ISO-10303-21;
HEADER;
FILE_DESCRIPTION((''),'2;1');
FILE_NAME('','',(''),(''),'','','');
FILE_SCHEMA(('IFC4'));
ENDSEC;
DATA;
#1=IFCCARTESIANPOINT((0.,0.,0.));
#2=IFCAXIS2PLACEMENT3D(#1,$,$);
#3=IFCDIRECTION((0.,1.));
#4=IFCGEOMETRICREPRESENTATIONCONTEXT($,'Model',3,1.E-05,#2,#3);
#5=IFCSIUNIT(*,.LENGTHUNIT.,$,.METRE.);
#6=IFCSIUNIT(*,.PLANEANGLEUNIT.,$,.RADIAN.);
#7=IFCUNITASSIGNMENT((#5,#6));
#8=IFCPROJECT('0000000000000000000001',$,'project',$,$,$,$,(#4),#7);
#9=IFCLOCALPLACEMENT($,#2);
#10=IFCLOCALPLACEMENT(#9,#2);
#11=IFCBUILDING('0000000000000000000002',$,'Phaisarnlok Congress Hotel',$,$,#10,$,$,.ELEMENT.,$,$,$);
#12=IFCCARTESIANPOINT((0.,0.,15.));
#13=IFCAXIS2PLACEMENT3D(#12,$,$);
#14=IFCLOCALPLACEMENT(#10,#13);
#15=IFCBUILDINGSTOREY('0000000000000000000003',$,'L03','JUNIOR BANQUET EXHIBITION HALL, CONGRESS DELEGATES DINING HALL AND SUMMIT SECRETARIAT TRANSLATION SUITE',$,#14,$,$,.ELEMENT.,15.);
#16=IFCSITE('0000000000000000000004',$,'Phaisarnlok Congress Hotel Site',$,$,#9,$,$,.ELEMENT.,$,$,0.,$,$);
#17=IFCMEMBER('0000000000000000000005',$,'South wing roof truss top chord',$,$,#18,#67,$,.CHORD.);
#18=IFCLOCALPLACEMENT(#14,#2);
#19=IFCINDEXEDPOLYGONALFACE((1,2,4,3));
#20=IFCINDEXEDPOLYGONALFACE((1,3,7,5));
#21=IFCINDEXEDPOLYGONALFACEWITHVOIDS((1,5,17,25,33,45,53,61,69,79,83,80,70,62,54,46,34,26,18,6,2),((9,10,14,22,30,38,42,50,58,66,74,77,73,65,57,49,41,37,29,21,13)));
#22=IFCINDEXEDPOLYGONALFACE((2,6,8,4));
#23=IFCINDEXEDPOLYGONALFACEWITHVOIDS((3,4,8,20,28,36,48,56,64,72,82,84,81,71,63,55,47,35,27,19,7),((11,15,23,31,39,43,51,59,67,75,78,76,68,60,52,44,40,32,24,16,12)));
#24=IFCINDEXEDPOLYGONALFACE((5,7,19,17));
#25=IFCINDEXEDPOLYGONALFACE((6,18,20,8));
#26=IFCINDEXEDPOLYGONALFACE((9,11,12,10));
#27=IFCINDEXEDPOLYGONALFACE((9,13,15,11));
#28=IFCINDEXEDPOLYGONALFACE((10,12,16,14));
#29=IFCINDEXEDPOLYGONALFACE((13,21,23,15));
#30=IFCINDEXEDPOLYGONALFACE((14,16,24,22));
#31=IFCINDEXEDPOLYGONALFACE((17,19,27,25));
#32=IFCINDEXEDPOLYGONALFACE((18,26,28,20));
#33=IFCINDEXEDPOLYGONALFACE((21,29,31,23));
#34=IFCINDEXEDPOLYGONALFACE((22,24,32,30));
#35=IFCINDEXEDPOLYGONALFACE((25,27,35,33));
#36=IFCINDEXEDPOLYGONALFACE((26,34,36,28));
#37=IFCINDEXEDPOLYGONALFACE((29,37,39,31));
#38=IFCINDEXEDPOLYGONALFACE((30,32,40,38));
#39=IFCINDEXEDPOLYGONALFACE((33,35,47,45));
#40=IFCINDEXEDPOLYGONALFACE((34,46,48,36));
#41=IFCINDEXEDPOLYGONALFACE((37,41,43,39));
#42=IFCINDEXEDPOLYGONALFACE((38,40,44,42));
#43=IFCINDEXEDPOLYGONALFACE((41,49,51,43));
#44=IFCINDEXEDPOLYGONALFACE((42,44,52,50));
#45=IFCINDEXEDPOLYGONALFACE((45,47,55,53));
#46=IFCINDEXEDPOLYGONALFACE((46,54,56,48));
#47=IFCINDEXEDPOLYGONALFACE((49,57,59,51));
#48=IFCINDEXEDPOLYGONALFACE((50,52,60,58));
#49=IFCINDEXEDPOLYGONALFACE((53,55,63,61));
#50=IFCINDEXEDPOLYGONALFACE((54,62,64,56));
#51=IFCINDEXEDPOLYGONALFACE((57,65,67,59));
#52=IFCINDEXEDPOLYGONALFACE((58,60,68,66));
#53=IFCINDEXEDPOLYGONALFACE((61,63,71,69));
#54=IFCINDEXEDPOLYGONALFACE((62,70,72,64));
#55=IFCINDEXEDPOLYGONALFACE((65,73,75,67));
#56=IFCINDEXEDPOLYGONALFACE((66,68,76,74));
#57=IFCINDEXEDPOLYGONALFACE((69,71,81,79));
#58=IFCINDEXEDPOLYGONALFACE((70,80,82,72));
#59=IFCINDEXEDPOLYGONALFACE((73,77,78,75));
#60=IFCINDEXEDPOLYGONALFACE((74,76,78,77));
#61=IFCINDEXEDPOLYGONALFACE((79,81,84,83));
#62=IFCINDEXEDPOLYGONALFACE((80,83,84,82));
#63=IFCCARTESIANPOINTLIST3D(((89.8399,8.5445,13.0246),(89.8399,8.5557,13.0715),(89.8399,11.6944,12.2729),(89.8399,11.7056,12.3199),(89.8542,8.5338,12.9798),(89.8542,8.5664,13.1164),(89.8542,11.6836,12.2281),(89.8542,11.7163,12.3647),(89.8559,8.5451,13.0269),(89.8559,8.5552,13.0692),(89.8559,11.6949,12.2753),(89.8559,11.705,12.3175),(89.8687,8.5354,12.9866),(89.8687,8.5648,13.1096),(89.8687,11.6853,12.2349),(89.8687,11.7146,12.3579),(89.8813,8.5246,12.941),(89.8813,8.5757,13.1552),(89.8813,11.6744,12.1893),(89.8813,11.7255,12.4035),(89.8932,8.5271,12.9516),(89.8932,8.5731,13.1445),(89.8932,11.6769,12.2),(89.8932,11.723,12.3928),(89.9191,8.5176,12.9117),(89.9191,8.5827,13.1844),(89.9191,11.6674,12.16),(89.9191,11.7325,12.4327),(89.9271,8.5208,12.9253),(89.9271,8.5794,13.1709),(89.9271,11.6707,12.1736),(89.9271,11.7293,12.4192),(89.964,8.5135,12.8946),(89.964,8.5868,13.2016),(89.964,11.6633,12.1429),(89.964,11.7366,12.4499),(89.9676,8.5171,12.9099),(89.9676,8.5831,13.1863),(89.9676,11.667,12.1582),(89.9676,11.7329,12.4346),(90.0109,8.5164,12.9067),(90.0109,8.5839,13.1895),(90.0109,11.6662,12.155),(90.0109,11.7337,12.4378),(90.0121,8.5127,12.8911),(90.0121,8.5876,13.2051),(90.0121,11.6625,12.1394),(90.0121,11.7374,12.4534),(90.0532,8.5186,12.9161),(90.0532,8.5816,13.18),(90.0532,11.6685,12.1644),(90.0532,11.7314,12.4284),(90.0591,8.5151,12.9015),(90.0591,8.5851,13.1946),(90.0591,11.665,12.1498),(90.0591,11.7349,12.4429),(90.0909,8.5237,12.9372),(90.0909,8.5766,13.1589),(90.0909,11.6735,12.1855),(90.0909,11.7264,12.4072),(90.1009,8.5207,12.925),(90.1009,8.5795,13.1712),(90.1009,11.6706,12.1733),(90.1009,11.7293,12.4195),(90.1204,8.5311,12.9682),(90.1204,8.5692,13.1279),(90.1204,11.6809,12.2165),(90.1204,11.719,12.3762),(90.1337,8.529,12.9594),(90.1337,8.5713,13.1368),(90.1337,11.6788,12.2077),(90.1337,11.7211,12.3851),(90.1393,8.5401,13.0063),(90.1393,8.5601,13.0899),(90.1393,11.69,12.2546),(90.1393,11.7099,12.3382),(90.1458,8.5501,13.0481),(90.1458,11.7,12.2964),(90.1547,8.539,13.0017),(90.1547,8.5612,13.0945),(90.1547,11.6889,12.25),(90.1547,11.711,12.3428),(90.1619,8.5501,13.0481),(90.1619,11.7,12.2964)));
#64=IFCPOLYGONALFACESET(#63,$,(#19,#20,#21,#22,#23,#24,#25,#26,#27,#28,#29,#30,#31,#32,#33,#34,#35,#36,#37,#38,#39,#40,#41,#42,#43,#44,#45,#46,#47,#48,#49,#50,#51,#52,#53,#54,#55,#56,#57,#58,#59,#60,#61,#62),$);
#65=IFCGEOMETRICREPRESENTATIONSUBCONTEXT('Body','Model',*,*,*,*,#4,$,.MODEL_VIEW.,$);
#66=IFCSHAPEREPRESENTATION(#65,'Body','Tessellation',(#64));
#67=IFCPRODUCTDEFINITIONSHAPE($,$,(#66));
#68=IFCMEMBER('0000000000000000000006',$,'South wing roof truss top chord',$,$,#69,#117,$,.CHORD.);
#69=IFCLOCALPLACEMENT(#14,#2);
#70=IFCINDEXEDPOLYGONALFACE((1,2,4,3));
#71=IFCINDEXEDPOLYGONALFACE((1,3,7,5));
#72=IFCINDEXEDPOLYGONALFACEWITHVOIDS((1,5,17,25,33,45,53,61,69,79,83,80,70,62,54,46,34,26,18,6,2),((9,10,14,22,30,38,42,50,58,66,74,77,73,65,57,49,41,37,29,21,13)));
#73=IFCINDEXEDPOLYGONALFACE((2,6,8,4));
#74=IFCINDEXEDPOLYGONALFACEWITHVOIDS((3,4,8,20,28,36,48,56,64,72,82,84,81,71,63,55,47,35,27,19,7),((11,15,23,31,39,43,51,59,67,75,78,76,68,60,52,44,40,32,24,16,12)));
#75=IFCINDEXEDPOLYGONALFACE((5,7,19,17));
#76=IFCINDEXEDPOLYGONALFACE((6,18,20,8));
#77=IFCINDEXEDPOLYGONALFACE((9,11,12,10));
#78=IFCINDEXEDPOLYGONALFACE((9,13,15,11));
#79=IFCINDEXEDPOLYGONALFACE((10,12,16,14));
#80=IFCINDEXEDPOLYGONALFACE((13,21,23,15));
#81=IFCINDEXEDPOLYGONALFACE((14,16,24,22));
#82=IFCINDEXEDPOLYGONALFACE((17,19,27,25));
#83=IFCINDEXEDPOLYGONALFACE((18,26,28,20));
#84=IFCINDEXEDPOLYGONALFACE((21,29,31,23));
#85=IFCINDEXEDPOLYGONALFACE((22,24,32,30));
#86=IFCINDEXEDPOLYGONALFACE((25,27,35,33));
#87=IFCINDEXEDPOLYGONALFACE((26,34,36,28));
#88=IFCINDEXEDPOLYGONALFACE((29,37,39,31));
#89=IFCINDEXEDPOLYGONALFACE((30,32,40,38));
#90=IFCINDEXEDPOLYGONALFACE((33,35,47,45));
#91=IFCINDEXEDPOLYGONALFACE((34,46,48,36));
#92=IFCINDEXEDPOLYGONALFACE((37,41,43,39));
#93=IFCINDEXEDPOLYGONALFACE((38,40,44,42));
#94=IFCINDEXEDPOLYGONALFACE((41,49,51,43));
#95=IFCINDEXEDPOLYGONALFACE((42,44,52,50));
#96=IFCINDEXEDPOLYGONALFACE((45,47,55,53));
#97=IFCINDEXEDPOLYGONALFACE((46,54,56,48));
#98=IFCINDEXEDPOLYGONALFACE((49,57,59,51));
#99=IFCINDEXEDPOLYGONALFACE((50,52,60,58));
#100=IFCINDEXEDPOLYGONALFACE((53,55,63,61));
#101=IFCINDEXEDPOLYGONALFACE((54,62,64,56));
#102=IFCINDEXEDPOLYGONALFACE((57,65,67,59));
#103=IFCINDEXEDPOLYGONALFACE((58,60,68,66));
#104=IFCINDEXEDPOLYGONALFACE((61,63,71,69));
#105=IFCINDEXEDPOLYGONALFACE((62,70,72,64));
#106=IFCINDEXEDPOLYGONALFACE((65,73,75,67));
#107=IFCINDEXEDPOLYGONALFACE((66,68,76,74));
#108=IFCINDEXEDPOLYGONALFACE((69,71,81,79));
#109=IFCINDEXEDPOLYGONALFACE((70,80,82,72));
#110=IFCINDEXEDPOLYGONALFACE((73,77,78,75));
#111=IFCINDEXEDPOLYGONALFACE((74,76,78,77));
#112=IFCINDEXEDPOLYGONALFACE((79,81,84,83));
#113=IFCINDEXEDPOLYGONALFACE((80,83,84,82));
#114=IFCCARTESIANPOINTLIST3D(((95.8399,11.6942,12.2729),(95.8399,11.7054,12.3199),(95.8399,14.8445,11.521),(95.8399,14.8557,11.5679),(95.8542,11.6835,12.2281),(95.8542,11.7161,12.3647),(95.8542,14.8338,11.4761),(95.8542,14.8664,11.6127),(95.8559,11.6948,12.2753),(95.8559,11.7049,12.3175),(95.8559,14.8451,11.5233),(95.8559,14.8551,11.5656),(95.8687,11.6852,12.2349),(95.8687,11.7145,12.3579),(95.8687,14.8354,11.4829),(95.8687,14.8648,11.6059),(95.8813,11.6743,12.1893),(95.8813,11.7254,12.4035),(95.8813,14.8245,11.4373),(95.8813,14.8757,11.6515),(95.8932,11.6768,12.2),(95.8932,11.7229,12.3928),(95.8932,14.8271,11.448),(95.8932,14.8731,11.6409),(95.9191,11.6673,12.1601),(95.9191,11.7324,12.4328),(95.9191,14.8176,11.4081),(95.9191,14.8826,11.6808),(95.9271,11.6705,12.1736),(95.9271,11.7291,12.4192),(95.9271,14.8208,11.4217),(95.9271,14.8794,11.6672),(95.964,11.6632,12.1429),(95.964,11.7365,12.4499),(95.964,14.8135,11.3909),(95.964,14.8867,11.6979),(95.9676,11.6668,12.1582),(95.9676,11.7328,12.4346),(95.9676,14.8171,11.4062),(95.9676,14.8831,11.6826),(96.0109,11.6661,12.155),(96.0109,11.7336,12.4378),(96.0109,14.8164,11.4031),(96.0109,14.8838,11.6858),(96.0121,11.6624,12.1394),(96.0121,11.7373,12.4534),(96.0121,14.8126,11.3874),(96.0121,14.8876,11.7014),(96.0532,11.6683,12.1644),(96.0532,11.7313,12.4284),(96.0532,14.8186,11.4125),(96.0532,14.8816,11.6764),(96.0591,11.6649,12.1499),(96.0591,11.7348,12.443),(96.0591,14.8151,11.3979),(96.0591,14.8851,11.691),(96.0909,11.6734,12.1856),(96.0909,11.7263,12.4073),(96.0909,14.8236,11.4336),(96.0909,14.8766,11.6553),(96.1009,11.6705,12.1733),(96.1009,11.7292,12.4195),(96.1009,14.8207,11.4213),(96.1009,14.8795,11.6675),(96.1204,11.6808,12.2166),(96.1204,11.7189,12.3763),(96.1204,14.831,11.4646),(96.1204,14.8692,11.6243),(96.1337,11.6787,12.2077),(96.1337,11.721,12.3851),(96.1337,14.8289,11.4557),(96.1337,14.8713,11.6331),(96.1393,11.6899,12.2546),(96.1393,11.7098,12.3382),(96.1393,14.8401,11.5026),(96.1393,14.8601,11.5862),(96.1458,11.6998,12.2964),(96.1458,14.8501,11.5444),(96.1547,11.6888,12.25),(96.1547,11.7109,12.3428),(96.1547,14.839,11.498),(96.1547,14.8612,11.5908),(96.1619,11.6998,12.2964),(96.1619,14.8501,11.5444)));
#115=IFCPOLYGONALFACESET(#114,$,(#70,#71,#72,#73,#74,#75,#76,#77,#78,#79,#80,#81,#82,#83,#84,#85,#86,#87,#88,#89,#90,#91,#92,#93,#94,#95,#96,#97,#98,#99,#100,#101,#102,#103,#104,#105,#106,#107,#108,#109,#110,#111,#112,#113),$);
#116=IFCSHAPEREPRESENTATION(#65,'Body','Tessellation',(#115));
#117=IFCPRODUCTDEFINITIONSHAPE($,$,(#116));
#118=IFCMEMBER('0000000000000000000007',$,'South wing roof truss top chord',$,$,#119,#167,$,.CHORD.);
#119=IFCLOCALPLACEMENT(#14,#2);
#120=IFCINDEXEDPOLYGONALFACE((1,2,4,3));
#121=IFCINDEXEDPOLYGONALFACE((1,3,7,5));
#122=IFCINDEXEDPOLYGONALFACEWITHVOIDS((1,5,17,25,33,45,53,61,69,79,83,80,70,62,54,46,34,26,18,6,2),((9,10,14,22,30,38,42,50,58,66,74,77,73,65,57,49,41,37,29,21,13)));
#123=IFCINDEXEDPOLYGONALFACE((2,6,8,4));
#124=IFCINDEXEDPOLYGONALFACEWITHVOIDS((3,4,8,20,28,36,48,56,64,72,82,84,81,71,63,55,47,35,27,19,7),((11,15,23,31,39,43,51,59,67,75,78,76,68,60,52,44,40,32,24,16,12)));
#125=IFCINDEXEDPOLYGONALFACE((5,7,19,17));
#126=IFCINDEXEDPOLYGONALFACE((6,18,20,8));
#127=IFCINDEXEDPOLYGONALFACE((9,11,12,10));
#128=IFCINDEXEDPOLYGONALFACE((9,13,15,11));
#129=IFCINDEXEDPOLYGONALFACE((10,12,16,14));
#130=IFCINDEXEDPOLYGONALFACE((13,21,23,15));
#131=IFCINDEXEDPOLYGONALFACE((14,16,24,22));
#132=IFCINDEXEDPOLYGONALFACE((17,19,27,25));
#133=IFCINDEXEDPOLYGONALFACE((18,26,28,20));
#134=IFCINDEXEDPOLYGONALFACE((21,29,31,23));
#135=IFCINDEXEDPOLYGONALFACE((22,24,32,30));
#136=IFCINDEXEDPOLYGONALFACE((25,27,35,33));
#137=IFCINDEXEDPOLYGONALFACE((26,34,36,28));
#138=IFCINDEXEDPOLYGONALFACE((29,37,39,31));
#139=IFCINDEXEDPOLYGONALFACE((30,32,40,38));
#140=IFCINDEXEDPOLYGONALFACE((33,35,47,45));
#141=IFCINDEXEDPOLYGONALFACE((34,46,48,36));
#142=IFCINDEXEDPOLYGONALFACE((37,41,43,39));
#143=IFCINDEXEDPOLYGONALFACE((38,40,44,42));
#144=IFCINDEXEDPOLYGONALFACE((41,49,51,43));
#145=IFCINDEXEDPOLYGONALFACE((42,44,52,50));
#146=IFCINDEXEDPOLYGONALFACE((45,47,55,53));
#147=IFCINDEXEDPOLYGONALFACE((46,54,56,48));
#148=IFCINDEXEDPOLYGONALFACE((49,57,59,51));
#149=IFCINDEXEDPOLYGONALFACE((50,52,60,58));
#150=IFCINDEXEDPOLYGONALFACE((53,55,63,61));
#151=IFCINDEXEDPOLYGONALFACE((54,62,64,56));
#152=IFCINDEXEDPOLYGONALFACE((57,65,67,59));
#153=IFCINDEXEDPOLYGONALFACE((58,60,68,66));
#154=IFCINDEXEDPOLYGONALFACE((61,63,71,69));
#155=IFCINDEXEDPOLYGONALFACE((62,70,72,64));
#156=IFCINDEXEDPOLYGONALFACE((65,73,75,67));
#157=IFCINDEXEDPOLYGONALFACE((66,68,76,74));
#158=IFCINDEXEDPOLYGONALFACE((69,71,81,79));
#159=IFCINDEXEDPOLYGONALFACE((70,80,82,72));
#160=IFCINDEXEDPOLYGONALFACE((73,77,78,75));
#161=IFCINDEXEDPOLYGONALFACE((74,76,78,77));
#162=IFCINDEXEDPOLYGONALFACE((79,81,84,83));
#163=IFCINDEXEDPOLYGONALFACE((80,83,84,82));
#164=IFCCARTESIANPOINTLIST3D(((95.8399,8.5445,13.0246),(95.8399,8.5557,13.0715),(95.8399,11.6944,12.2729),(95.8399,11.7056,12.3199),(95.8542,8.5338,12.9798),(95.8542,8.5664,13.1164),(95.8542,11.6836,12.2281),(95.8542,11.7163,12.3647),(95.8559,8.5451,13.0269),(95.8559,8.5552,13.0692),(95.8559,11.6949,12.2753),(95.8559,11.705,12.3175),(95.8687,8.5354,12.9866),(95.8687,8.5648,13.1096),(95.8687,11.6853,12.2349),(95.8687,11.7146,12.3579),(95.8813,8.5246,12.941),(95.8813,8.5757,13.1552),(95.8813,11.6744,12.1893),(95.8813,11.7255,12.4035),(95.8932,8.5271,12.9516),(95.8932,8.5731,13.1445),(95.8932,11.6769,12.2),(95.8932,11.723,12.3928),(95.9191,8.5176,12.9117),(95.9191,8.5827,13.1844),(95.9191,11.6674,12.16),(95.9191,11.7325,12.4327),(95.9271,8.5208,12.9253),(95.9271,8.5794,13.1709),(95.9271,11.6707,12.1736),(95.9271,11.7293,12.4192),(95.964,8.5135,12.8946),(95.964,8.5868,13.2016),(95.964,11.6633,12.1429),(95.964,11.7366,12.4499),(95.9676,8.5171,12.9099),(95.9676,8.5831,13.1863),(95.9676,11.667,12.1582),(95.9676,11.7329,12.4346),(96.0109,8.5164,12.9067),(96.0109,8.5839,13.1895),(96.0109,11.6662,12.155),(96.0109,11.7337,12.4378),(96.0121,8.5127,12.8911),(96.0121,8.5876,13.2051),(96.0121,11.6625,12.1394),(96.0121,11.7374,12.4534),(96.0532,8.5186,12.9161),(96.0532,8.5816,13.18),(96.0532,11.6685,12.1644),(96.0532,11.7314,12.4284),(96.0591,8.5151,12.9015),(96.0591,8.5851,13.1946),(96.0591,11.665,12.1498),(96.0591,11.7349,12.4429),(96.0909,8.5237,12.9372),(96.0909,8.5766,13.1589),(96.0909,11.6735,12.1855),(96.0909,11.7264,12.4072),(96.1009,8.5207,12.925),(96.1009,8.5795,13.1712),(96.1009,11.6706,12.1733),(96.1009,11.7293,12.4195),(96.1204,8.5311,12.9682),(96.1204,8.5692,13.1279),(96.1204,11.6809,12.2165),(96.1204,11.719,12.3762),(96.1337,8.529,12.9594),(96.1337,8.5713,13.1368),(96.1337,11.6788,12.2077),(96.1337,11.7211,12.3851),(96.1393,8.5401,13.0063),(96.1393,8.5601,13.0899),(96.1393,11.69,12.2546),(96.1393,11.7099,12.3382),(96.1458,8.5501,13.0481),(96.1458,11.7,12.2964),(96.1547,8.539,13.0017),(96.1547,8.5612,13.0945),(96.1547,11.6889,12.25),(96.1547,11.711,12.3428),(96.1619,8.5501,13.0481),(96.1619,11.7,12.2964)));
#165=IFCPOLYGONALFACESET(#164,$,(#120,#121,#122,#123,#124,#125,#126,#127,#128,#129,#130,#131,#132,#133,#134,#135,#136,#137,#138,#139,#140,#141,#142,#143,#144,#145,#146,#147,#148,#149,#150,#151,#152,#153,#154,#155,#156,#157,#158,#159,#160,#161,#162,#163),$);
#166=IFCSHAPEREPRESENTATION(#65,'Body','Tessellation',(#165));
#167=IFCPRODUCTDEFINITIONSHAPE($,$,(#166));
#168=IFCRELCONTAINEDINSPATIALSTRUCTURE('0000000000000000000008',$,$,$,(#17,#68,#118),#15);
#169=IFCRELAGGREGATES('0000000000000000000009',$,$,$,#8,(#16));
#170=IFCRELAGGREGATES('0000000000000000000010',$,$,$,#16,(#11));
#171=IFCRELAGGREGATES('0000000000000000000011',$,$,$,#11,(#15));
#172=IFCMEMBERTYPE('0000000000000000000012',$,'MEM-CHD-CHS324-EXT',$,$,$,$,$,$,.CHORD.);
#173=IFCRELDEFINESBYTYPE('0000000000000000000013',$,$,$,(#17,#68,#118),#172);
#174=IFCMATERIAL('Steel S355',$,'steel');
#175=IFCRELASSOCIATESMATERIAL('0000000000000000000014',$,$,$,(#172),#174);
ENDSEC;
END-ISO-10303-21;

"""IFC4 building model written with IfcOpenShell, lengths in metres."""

from ifc_helpers import new_model, si_unit, direction, frame, origin, origin_2d, place, context, subcontext, project, spatial, hollow_circle, extrude, material, material_profile, profile_set, type_object, element, save


model = new_model("IFC4")

# Units and contexts
model_context = context("Model", 3, precision=1e-05, world=origin(), true_north=direction((0.0, 1.0)))
body_context = subcontext(model_context, "Body", "Model", "MODEL_VIEW")
ifc_project = project(units=[si_unit("LENGTHUNIT", "METRE"), si_unit("PLANEANGLEUNIT", "RADIAN")], contexts=[model_context])

# Site, building, storey
site_placement = place(None, origin())
site = spatial("IfcSite", under=ifc_project, at=site_placement, Name="Phaisarnlok Congress Hotel Site", CompositionType="ELEMENT", RefElevation=0.0)
building_placement = place(site_placement, origin())
building = spatial("IfcBuilding", under=site, at=building_placement, Name="Phaisarnlok Congress Hotel", CompositionType="ELEMENT")
storey_placement = place(building_placement, frame((0.0, 0.0, 15.0)))
storey = spatial("IfcBuildingStorey", under=building, at=storey_placement, Name="L03", Description="JUNIOR BANQUET EXHIBITION HALL, CONGRESS DELEGATES DINING HALL AND SUMMIT SECRETARIAT TRANSLATION SUITE", CompositionType="ELEMENT", Elevation=15.0)

# Shared definitions
ifc_material_1 = material(Name="Steel S355", Category="steel")

# Members
ifc_material_profile_1 = material_profile(ifc_material_1, hollow_circle(Radius=0.1619, WallThickness=0.0161, at=origin_2d()), Name="CHS 323.9x16")
ifc_profile_set_1 = profile_set([ifc_material_profile_1], Name="Steel S355")
member_type_1 = type_object("IfcMemberType", Name="MEM-CHD-CHS324-EXT", PredefinedType="CHORD", material=ifc_profile_set_1)
member_1_placement = place(storey_placement, frame((90.0, 11.7, 12.2964), z_axis=(0.0, -0.972686, 0.232127), x_axis=(1.0, 0.0, 0.0)))
element("IfcMember", 1, at=member_1_placement, inside=storey, type_object=member_type_1, Name="South wing roof truss top chord", PredefinedType="CHORD", context=body_context, shape_type="SweptSolid", body=[
    extrude(hollow_circle(Radius=0.1619, WallThickness=0.0161, at=origin_2d()), origin(), (0.0, 0.0, 1.0), 3.2383),
])
member_2_placement = place(storey_placement, frame((96.0, 14.8501, 11.5444), z_axis=(0.0, -0.972673, 0.232181), x_axis=(1.0, 0.0, 0.0)))
element("IfcMember", 2, at=member_2_placement, inside=storey, type_object=member_type_1, Name="South wing roof truss top chord", PredefinedType="CHORD", context=body_context, shape_type="SweptSolid", body=[
    extrude(hollow_circle(Radius=0.1619, WallThickness=0.0161, at=origin_2d()), origin(), (0.0, 0.0, 1.0), 3.2388),
])
member_3_placement = place(storey_placement, frame((96.0, 11.7, 12.2964), z_axis=(0.0, -0.972686, 0.232127), x_axis=(1.0, 0.0, 0.0)))
element("IfcMember", 3, at=member_3_placement, inside=storey, type_object=member_type_1, Name="South wing roof truss top chord", PredefinedType="CHORD", context=body_context, shape_type="SweptSolid", body=[
    extrude(hollow_circle(Radius=0.1619, WallThickness=0.0161, at=origin_2d()), origin(), (0.0, 0.0, 1.0), 3.2383),
])

save(model, "model.ifc")
